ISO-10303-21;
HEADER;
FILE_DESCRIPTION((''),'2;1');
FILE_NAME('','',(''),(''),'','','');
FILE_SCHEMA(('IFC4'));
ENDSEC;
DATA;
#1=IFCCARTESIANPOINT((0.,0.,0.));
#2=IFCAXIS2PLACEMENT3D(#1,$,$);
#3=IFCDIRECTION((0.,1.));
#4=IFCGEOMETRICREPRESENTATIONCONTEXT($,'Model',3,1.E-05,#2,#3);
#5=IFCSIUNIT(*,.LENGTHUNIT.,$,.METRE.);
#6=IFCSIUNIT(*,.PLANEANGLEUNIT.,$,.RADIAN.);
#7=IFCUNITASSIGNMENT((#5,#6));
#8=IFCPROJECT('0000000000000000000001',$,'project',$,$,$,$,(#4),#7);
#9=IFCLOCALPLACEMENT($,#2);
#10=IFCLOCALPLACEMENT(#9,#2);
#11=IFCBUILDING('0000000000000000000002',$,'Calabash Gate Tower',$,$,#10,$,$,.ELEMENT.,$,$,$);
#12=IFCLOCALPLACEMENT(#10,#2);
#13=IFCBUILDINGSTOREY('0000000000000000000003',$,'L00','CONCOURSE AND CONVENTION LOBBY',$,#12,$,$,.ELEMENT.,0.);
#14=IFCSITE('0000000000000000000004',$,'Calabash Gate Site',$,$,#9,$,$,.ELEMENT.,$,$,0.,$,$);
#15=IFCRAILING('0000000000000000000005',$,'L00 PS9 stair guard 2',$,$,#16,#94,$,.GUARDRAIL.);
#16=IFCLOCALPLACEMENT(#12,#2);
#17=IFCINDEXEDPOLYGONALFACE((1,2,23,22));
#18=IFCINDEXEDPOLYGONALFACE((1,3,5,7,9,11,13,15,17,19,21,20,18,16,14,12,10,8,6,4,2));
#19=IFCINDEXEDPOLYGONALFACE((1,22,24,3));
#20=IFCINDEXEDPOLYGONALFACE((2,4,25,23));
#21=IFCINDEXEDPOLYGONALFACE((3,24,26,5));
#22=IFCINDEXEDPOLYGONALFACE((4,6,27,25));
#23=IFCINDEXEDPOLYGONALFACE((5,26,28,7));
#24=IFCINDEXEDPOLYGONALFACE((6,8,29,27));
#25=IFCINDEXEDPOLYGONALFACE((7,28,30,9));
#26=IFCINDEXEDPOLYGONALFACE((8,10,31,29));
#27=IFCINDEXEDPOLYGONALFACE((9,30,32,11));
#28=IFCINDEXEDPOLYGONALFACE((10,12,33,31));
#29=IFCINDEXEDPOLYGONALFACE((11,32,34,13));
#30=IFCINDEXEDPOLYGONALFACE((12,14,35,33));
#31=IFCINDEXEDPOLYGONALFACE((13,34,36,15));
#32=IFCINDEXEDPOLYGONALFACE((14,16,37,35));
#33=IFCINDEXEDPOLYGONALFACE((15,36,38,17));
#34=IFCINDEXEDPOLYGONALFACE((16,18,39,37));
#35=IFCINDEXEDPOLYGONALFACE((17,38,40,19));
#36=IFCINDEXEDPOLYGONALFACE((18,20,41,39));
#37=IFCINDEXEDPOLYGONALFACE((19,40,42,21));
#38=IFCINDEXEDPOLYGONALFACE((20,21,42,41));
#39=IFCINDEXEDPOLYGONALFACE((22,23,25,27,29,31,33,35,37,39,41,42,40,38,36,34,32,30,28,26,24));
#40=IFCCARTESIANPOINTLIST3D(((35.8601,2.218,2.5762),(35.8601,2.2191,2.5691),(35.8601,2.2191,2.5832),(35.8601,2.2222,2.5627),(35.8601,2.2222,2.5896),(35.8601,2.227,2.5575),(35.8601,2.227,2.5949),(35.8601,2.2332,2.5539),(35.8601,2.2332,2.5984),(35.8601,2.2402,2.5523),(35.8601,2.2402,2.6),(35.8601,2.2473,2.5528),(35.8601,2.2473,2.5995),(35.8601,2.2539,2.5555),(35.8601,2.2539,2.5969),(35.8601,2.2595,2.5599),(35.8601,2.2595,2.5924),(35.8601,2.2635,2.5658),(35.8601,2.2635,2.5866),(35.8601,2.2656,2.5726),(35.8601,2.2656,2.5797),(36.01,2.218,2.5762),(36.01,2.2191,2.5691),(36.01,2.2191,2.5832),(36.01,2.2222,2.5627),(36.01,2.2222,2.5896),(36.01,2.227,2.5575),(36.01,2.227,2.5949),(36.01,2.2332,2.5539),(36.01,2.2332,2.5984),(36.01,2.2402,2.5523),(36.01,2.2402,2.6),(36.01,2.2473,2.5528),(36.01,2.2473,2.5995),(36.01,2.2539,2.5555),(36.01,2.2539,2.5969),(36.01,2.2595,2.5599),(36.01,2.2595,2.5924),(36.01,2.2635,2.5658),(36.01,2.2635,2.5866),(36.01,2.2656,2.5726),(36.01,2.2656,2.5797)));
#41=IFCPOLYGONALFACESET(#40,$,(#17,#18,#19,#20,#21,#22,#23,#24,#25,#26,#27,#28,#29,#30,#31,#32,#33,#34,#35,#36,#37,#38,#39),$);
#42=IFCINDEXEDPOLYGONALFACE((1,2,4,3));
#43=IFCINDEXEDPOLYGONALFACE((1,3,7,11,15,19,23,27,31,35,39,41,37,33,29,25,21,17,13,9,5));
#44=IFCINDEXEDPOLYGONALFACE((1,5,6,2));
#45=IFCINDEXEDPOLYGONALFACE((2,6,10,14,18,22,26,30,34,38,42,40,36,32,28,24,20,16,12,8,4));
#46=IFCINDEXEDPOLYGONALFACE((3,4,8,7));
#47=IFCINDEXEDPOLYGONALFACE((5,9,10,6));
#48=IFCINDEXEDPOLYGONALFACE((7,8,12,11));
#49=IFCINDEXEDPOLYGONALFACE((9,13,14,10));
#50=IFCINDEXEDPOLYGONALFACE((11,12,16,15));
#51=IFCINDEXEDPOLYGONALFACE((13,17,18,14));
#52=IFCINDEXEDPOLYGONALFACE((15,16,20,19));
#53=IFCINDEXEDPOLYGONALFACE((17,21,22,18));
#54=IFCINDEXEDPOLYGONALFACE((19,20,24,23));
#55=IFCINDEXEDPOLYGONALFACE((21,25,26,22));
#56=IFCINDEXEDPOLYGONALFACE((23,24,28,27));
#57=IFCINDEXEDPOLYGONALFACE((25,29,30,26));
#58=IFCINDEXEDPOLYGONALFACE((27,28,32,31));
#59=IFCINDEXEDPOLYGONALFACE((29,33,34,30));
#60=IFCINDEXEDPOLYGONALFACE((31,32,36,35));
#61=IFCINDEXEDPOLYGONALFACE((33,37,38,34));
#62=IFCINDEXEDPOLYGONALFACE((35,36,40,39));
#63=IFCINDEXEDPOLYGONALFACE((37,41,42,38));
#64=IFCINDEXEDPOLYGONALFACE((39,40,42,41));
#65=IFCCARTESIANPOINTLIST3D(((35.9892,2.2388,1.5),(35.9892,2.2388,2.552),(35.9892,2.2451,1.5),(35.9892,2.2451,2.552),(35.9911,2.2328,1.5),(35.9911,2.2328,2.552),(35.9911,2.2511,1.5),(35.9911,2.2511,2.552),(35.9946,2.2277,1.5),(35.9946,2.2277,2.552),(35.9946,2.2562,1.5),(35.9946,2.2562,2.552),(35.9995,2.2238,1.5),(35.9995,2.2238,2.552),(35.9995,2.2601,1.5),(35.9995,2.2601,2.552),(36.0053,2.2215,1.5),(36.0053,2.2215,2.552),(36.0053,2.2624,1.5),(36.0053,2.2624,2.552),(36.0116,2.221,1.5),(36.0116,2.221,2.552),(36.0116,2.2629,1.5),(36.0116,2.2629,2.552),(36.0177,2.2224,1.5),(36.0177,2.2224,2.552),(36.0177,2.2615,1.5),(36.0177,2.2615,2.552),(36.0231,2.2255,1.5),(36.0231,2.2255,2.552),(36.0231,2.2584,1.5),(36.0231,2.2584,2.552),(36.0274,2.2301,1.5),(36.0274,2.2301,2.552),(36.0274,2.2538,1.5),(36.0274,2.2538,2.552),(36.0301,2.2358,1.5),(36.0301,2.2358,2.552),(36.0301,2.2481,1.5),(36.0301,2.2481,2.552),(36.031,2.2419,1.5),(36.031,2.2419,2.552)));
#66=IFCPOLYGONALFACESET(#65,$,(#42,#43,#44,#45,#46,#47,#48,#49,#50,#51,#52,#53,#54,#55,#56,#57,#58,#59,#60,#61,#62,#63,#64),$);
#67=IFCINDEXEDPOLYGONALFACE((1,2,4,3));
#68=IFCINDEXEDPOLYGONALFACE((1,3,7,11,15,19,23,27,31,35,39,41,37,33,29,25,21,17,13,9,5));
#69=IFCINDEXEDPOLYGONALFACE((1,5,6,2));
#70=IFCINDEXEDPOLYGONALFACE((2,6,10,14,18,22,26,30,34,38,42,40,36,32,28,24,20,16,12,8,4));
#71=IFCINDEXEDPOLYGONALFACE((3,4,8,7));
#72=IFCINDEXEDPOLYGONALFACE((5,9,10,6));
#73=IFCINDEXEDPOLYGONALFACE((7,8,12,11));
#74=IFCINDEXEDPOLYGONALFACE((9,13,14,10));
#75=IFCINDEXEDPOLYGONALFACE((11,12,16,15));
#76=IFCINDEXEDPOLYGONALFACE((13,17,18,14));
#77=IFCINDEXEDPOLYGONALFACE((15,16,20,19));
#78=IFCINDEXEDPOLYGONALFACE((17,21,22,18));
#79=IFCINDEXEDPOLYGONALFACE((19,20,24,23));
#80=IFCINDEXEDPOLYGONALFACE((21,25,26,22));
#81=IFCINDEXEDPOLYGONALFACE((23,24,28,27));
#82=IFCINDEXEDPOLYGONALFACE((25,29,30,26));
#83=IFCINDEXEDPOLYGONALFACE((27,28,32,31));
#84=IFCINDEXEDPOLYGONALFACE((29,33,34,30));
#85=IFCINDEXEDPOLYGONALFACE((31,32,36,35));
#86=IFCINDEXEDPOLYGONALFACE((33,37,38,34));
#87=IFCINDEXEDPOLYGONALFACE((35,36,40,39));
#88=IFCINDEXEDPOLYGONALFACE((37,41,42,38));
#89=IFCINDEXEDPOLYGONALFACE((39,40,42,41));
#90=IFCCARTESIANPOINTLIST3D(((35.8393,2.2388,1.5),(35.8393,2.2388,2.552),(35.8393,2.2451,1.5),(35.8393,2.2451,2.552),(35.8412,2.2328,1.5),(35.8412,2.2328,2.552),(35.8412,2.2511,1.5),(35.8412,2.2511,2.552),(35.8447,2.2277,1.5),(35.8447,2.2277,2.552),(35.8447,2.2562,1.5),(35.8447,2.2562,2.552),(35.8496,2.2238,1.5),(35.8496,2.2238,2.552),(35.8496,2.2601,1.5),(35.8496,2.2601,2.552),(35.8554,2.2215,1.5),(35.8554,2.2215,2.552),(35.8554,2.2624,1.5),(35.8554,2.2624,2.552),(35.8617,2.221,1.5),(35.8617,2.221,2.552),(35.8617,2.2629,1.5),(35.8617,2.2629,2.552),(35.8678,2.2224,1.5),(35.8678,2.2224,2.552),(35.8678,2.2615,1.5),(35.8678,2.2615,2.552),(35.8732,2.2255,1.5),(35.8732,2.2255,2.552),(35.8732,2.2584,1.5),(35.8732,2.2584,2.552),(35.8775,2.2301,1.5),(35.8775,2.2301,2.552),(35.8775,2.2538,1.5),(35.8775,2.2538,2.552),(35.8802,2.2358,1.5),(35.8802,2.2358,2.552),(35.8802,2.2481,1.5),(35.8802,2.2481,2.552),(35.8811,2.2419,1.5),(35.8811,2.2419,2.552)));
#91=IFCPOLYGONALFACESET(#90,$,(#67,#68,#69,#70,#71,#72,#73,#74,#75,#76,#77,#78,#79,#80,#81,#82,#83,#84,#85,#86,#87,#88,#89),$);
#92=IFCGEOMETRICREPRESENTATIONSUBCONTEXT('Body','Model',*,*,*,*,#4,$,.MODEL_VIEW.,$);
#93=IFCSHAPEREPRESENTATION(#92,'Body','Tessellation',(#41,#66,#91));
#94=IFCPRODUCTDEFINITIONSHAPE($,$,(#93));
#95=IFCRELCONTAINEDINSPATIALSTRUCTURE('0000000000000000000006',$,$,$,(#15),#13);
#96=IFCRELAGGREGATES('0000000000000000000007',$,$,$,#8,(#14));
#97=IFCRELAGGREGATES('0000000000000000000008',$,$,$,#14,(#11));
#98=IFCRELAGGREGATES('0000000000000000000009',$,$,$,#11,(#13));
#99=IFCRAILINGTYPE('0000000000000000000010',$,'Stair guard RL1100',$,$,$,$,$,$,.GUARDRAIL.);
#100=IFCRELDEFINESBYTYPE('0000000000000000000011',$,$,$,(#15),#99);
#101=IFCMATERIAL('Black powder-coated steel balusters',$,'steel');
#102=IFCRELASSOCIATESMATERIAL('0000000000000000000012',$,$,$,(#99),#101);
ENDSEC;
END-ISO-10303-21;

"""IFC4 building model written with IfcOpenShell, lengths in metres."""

from ifc_helpers import new_model, si_unit, direction, frame, origin, origin_2d, place, context, subcontext, project, spatial, circle, extrude, material, type_object, element, save


model = new_model("IFC4")

# Units and contexts
model_context = context("Model", 3, precision=1e-05, world=origin(), true_north=direction((0.0, 1.0)))
body_context = subcontext(model_context, "Body", "Model", "MODEL_VIEW")
ifc_project = project(units=[si_unit("LENGTHUNIT", "METRE"), si_unit("PLANEANGLEUNIT", "RADIAN")], contexts=[model_context])

# Site, building, storey
site_placement = place(None, origin())
site = spatial("IfcSite", under=ifc_project, at=site_placement, Name="Calabash Gate Site", CompositionType="ELEMENT", RefElevation=0.0)
building_placement = place(site_placement, origin())
building = spatial("IfcBuilding", under=site, at=building_placement, Name="Calabash Gate Tower", CompositionType="ELEMENT")
storey_placement = place(building_placement, origin())
storey = spatial("IfcBuildingStorey", under=building, at=storey_placement, Name="L00", Description="CONCOURSE AND CONVENTION LOBBY", CompositionType="ELEMENT", Elevation=0.0)

# Railing
ifc_material_1 = material(Name="Black powder-coated steel balusters", Category="steel")
railing_type_1 = type_object("IfcRailingType", Name="Stair guard RL1100", PredefinedType="GUARDRAIL", material=ifc_material_1)
railing_1_placement = place(storey_placement, frame((36.01, 2.2419, 1.5)))
element("IfcRailing", 1, at=railing_1_placement, inside=storey, type_object=railing_type_1, Name="L00 PS9 stair guard 2", PredefinedType="GUARDRAIL", context=body_context, shape_type="SweptSolid", body=[
    extrude(circle(Radius=0.0239, at=origin_2d()), frame((0.0, 0.0, 1.0762), z_axis=(-1.0, 0.0, 0.0), x_axis=(0.0, -1.0, 0.0)), (0.0, 0.0, 1.0), 0.1499),
    extrude(circle(Radius=0.021, at=origin_2d()), origin(), (0.0, 0.0, 1.0), 1.052),
    extrude(circle(Radius=0.021, at=origin_2d()), frame((-0.1499, 0.0, 0.0)), (0.0, 0.0, 1.0), 1.052),
])

save(model, "model.ifc")
